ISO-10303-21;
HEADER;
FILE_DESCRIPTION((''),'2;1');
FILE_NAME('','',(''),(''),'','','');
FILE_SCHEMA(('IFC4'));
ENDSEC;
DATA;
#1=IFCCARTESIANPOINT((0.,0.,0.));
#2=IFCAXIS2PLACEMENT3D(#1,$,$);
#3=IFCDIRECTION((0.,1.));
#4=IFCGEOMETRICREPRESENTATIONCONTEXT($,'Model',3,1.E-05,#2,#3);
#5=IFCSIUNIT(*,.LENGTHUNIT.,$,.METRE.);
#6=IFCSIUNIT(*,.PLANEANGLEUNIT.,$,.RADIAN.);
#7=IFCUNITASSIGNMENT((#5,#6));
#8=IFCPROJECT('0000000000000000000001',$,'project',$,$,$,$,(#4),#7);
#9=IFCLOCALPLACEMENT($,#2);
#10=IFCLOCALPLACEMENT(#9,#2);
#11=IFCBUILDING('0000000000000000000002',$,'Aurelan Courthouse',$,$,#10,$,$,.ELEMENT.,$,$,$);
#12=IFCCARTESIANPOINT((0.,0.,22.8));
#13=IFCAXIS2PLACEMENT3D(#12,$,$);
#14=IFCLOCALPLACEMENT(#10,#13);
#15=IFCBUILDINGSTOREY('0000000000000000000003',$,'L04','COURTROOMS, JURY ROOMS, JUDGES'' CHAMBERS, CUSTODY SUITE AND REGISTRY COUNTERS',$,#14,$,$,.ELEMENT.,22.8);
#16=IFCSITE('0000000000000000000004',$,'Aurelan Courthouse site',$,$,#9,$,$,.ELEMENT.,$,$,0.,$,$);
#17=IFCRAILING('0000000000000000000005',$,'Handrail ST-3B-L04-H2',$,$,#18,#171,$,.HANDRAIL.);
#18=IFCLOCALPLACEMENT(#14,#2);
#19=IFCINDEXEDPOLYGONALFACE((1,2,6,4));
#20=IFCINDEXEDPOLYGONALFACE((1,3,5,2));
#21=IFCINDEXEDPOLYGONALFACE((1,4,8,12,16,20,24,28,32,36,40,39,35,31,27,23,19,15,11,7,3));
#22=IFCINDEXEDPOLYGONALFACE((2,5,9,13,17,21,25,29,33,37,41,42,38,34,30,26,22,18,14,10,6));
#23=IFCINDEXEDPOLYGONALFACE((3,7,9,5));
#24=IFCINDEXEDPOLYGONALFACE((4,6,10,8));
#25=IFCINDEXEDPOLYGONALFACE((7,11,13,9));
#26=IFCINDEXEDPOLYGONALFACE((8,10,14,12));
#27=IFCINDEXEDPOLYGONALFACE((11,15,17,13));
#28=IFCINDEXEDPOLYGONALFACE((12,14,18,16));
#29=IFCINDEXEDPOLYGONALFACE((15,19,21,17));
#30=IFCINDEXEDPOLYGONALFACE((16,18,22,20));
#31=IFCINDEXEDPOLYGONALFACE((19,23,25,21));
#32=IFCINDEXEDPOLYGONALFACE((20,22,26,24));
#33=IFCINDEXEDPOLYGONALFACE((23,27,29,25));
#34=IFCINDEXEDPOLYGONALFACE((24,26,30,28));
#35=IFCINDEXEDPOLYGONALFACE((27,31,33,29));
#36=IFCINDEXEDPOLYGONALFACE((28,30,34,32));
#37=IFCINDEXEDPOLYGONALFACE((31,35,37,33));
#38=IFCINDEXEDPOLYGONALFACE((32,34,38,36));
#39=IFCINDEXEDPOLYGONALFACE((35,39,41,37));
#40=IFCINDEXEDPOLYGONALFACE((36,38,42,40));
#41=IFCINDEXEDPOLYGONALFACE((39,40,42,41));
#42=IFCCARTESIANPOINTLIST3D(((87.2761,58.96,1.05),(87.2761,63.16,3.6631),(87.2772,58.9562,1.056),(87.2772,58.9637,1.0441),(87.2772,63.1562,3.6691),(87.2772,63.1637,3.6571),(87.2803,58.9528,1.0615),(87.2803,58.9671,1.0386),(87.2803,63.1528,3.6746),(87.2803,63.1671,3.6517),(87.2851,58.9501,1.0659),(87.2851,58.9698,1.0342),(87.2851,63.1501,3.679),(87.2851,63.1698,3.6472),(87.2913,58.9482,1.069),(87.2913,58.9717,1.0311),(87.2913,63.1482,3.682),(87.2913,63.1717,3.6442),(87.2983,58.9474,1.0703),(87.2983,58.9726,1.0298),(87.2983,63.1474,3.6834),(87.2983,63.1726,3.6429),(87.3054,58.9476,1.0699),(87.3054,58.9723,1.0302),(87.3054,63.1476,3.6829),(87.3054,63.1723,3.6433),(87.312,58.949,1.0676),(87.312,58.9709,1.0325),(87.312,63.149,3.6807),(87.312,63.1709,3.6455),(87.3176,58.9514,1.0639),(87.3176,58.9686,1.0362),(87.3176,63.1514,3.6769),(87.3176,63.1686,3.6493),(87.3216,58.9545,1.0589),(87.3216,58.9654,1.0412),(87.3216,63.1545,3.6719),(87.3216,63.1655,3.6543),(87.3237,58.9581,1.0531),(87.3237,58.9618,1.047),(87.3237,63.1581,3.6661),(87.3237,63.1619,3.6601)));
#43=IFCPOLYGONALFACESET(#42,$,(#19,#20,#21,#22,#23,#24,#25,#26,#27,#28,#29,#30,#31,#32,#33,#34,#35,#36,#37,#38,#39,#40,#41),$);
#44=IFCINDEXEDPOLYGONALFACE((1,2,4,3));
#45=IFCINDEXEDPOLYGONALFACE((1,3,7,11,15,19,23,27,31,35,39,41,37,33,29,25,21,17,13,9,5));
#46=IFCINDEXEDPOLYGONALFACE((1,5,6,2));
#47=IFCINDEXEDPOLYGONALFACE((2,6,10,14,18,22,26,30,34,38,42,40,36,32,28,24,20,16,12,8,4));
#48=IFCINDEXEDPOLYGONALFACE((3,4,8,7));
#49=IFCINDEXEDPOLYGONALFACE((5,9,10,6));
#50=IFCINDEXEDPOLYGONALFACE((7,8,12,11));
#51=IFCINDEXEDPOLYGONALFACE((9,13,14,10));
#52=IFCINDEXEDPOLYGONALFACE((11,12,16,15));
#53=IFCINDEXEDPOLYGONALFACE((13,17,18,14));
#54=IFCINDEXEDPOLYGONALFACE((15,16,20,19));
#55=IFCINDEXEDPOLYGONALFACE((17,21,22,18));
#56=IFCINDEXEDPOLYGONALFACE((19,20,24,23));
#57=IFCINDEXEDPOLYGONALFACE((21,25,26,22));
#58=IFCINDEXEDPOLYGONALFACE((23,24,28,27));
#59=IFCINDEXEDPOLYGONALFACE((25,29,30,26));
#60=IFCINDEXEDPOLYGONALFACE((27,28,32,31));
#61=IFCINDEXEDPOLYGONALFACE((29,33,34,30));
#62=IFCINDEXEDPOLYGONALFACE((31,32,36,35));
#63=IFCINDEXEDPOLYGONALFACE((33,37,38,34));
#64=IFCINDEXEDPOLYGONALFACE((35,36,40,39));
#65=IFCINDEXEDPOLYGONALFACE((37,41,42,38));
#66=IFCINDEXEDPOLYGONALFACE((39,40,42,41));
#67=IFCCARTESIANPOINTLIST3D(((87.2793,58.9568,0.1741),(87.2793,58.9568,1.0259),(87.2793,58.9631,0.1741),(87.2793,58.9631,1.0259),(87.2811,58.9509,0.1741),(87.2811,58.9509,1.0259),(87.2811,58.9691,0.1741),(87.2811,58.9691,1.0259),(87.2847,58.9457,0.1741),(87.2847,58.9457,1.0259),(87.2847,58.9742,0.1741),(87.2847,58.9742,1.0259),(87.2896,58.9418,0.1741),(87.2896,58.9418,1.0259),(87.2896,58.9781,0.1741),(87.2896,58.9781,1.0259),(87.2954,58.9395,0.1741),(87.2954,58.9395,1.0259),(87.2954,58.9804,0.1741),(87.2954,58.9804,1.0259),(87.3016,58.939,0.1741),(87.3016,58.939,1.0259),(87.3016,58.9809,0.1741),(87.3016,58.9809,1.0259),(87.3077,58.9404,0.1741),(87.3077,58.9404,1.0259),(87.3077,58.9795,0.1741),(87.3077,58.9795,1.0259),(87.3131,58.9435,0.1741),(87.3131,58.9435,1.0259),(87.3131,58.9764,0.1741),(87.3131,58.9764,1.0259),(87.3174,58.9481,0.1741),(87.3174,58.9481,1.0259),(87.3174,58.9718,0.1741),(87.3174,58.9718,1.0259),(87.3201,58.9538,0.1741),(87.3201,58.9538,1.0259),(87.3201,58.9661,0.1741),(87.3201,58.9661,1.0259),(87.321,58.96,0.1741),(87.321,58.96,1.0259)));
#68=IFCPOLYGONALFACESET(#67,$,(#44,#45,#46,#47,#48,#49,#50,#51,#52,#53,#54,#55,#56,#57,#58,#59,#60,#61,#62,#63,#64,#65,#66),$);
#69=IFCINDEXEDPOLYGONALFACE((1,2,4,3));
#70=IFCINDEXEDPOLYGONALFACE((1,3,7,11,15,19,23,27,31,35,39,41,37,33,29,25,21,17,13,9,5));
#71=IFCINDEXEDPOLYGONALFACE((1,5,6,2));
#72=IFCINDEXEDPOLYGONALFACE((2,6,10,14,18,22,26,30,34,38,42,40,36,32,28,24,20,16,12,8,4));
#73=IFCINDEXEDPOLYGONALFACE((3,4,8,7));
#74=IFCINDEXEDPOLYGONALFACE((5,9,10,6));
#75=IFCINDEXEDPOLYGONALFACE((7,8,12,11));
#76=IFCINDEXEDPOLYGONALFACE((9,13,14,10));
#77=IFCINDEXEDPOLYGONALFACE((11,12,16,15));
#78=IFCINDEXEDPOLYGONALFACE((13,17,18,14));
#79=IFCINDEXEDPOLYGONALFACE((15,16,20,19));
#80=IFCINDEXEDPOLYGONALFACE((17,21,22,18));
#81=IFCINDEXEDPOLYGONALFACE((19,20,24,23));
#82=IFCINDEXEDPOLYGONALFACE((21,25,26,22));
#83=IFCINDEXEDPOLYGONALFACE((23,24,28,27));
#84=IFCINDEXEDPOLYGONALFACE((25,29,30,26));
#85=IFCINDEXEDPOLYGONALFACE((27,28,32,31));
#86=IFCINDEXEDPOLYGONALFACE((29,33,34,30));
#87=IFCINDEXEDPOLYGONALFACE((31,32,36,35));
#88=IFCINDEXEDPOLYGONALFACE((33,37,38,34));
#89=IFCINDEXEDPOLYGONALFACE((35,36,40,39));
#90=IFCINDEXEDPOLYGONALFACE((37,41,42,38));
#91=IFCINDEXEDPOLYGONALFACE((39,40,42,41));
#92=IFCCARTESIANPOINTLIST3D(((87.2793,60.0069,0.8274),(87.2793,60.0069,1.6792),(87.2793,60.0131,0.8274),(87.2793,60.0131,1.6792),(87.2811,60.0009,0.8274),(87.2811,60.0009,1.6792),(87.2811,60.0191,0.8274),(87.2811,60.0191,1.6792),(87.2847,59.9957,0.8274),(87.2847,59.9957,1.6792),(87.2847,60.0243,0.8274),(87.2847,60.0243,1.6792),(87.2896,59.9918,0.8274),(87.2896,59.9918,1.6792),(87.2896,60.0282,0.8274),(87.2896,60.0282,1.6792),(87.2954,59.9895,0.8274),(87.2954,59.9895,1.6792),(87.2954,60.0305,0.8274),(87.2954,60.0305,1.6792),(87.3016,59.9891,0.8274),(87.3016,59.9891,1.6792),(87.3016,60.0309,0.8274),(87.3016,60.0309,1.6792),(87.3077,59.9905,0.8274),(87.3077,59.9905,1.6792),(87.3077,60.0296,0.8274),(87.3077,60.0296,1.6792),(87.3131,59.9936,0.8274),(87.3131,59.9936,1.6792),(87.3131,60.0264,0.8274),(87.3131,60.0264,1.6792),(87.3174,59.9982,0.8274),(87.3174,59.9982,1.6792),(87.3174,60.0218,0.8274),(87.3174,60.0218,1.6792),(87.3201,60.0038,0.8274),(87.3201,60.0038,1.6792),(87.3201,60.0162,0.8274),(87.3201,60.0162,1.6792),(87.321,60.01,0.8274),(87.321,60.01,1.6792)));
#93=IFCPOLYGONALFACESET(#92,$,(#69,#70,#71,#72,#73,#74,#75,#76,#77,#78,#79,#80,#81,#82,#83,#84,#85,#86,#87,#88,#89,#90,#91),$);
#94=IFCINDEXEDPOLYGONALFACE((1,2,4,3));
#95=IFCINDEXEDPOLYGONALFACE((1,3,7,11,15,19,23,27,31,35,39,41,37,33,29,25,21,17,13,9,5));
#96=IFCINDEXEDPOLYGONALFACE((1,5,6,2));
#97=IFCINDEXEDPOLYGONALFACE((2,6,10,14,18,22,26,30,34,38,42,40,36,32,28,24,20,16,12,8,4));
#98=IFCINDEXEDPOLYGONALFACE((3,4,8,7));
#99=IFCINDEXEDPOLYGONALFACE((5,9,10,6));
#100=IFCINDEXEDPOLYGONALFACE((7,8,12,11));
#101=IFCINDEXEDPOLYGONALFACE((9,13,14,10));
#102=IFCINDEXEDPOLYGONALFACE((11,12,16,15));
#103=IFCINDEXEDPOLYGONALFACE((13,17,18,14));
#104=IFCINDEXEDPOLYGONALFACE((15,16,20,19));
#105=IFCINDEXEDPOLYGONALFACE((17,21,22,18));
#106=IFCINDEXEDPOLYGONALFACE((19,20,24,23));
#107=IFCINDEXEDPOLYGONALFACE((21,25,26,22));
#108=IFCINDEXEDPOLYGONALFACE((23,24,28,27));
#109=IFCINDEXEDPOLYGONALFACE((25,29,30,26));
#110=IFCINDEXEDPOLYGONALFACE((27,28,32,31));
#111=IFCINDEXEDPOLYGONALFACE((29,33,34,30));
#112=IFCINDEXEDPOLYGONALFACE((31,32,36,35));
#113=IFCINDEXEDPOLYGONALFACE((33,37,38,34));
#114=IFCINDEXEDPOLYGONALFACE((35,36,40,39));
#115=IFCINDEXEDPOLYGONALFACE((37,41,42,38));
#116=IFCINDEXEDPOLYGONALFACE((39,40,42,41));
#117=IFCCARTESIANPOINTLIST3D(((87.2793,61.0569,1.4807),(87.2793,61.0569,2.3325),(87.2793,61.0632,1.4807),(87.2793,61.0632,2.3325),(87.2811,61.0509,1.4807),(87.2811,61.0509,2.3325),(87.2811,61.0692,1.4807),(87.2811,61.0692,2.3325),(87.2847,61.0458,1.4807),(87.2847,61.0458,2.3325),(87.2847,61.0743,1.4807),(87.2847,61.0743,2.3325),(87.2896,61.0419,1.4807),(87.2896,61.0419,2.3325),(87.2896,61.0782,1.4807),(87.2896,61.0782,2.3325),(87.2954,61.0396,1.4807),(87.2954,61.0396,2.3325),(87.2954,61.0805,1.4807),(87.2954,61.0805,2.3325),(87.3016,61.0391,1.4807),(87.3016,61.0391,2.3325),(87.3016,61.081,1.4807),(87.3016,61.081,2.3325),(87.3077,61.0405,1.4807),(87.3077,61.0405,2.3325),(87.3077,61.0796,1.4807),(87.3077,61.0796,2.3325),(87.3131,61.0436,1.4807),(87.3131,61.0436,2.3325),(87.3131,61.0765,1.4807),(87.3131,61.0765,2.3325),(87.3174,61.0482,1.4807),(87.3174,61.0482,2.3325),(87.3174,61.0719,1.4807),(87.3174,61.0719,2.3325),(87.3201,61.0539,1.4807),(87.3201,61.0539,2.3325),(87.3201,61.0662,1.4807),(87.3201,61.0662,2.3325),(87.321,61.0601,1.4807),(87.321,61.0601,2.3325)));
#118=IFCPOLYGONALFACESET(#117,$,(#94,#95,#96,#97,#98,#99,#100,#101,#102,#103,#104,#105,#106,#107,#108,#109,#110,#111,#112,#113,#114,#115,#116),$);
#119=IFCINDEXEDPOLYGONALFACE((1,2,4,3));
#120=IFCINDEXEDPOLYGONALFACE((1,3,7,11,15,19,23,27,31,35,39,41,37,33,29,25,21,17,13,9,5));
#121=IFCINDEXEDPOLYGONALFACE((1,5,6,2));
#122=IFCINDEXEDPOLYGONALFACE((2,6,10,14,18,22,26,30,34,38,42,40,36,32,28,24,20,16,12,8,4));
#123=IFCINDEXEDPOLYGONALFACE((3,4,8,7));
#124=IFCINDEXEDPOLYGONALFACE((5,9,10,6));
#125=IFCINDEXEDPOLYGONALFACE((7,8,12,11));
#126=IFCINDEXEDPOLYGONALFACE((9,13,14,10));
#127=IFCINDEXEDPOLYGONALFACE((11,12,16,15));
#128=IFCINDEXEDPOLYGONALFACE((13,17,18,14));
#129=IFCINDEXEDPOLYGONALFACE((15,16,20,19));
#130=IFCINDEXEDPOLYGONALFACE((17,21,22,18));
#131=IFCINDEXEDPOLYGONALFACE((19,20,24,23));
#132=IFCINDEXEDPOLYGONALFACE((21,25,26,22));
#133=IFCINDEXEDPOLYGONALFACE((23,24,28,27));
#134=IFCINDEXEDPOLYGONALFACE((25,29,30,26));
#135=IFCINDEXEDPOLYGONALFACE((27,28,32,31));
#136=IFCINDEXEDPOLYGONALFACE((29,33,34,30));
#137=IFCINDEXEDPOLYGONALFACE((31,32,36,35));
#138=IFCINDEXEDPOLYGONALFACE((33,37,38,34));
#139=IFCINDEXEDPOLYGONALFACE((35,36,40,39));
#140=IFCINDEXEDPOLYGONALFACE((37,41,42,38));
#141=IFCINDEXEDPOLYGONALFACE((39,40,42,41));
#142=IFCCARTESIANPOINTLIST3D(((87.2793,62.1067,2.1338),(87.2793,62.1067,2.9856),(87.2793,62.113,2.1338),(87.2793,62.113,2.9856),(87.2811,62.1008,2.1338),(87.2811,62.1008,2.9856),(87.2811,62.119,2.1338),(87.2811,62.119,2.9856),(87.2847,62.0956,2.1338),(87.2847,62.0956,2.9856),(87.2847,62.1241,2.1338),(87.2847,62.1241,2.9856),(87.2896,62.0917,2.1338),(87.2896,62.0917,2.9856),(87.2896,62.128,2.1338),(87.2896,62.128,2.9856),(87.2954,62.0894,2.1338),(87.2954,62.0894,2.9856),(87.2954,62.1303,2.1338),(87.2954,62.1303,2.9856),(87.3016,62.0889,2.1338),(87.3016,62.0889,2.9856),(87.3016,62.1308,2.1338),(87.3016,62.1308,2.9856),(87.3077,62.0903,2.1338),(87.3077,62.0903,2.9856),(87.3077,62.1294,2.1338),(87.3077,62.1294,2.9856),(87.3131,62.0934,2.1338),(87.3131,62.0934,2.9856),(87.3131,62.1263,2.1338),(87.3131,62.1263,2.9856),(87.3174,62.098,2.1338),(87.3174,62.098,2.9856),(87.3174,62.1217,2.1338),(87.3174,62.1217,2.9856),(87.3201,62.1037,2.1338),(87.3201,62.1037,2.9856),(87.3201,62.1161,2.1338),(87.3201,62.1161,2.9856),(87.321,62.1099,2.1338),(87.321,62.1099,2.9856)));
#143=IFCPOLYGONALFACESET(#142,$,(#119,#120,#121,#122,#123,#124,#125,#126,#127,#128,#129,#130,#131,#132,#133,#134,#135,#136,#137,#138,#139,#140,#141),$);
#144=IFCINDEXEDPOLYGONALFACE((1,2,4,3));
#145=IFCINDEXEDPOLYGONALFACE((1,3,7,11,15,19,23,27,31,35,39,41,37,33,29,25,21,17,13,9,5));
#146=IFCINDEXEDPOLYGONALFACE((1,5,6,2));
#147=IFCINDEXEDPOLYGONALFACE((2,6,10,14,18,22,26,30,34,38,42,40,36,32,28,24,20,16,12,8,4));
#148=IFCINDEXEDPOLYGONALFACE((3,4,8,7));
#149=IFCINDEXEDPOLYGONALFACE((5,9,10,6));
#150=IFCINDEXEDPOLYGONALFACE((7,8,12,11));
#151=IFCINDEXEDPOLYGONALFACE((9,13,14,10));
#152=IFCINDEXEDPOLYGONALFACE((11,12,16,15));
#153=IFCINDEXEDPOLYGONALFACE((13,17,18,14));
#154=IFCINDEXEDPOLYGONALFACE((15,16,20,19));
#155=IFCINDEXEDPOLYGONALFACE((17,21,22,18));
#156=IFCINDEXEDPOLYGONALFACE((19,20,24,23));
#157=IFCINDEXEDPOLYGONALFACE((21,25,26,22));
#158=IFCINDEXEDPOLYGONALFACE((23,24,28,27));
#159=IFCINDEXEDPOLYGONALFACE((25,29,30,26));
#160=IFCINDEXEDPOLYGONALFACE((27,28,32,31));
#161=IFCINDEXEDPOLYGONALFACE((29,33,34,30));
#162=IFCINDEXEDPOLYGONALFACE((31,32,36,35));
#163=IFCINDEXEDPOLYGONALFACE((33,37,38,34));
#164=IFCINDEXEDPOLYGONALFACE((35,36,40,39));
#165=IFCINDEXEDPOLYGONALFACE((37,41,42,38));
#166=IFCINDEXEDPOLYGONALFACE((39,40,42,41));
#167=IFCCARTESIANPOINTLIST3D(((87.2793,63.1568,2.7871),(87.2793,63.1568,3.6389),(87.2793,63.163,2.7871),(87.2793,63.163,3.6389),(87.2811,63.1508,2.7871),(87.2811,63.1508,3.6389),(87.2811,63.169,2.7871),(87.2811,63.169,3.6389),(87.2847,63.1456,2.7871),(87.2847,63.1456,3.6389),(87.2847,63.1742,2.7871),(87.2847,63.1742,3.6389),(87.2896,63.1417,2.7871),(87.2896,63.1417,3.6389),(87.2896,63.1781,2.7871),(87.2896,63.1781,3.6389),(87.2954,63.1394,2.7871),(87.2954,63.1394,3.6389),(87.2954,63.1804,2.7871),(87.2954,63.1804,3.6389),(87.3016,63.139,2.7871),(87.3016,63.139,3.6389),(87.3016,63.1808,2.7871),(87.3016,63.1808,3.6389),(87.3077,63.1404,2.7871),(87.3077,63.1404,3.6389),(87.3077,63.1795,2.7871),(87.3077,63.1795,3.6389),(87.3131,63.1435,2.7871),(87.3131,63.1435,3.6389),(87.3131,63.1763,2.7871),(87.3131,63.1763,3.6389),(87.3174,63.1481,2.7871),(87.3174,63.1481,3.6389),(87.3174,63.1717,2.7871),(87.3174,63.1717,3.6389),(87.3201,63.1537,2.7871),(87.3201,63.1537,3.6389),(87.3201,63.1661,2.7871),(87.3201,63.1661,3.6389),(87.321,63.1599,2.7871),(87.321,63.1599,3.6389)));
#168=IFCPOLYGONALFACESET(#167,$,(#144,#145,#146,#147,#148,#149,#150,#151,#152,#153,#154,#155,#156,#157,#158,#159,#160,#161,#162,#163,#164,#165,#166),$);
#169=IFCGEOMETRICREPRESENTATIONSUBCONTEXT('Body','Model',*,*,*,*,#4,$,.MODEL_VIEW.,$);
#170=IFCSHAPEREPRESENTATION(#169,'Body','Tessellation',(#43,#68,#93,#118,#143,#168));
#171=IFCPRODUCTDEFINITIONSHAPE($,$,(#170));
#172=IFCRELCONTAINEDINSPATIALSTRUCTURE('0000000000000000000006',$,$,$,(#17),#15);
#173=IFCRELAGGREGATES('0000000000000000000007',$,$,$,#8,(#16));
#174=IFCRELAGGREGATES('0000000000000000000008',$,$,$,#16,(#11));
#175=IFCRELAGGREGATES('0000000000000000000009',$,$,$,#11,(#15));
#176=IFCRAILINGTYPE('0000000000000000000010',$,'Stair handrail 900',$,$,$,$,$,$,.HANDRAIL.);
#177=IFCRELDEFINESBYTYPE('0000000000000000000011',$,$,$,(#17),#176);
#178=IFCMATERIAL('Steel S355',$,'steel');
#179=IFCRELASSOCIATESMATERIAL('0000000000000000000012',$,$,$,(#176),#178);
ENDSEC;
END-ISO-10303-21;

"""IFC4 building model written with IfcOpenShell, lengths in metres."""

from ifc_helpers import new_model, si_unit, direction, frame, origin, origin_2d, place, context, subcontext, project, spatial, circle, extrude, material, type_object, element, save


model = new_model("IFC4")

# Units and contexts
model_context = context("Model", 3, precision=1e-05, world=origin(), true_north=direction((0.0, 1.0)))
body_context = subcontext(model_context, "Body", "Model", "MODEL_VIEW")
ifc_project = project(units=[si_unit("LENGTHUNIT", "METRE"), si_unit("PLANEANGLEUNIT", "RADIAN")], contexts=[model_context])

# Site, building, storey
site_placement = place(None, origin())
site = spatial("IfcSite", under=ifc_project, at=site_placement, Name="Aurelan Courthouse site", CompositionType="ELEMENT", RefElevation=0.0)
building_placement = place(site_placement, origin())
building = spatial("IfcBuilding", under=site, at=building_placement, Name="Aurelan Courthouse", CompositionType="ELEMENT")
storey_placement = place(building_placement, frame((0.0, 0.0, 22.8)))
storey = spatial("IfcBuildingStorey", under=building, at=storey_placement, Name="L04", Description="COURTROOMS, JURY ROOMS, JUDGES' CHAMBERS, CUSTODY SUITE AND REGISTRY COUNTERS", CompositionType="ELEMENT", Elevation=22.8)

# Railing
ifc_material_1 = material(Name="Steel S355", Category="steel")
railing_type_1 = type_object("IfcRailingType", Name="Stair handrail 900", PredefinedType="HANDRAIL", material=ifc_material_1)
for number, where, name in (
    (1, (87.3, 58.96, 0.1741), "Handrail ST-3B-L04-H2"),
):
    element("IfcRailing", number, at=place(storey_placement, frame(where)), inside=storey, type_object=railing_type_1, Name=name, PredefinedType="HANDRAIL", context=body_context, shape_type="SweptSolid", body=[
        extrude(circle(Radius=0.0239, at=origin_2d()), frame((0.0, 0.0, 0.876), z_axis=(0.0, 0.849081, 0.528263), x_axis=(-1.0, 0.0, 0.0)), (0.0, 0.0, 1.0), 4.9465),
        extrude(circle(Radius=0.021, at=origin_2d()), origin(), (0.0, 0.0, 1.0), 0.8518),
        extrude(circle(Radius=0.021, at=origin_2d()), frame((0.0, 1.05, 0.6533)), (0.0, 0.0, 1.0), 0.8518),
        extrude(circle(Radius=0.021, at=origin_2d()), frame((0.0, 2.1001, 1.3066)), (0.0, 0.0, 1.0), 0.8518),
        extrude(circle(Radius=0.021, at=origin_2d()), frame((0.0, 3.1499, 1.9597)), (0.0, 0.0, 1.0), 0.8518),
        extrude(circle(Radius=0.021, at=origin_2d()), frame((0.0, 4.2, 2.613)), (0.0, 0.0, 1.0), 0.8518),
    ])

save(model, "model.ifc")
